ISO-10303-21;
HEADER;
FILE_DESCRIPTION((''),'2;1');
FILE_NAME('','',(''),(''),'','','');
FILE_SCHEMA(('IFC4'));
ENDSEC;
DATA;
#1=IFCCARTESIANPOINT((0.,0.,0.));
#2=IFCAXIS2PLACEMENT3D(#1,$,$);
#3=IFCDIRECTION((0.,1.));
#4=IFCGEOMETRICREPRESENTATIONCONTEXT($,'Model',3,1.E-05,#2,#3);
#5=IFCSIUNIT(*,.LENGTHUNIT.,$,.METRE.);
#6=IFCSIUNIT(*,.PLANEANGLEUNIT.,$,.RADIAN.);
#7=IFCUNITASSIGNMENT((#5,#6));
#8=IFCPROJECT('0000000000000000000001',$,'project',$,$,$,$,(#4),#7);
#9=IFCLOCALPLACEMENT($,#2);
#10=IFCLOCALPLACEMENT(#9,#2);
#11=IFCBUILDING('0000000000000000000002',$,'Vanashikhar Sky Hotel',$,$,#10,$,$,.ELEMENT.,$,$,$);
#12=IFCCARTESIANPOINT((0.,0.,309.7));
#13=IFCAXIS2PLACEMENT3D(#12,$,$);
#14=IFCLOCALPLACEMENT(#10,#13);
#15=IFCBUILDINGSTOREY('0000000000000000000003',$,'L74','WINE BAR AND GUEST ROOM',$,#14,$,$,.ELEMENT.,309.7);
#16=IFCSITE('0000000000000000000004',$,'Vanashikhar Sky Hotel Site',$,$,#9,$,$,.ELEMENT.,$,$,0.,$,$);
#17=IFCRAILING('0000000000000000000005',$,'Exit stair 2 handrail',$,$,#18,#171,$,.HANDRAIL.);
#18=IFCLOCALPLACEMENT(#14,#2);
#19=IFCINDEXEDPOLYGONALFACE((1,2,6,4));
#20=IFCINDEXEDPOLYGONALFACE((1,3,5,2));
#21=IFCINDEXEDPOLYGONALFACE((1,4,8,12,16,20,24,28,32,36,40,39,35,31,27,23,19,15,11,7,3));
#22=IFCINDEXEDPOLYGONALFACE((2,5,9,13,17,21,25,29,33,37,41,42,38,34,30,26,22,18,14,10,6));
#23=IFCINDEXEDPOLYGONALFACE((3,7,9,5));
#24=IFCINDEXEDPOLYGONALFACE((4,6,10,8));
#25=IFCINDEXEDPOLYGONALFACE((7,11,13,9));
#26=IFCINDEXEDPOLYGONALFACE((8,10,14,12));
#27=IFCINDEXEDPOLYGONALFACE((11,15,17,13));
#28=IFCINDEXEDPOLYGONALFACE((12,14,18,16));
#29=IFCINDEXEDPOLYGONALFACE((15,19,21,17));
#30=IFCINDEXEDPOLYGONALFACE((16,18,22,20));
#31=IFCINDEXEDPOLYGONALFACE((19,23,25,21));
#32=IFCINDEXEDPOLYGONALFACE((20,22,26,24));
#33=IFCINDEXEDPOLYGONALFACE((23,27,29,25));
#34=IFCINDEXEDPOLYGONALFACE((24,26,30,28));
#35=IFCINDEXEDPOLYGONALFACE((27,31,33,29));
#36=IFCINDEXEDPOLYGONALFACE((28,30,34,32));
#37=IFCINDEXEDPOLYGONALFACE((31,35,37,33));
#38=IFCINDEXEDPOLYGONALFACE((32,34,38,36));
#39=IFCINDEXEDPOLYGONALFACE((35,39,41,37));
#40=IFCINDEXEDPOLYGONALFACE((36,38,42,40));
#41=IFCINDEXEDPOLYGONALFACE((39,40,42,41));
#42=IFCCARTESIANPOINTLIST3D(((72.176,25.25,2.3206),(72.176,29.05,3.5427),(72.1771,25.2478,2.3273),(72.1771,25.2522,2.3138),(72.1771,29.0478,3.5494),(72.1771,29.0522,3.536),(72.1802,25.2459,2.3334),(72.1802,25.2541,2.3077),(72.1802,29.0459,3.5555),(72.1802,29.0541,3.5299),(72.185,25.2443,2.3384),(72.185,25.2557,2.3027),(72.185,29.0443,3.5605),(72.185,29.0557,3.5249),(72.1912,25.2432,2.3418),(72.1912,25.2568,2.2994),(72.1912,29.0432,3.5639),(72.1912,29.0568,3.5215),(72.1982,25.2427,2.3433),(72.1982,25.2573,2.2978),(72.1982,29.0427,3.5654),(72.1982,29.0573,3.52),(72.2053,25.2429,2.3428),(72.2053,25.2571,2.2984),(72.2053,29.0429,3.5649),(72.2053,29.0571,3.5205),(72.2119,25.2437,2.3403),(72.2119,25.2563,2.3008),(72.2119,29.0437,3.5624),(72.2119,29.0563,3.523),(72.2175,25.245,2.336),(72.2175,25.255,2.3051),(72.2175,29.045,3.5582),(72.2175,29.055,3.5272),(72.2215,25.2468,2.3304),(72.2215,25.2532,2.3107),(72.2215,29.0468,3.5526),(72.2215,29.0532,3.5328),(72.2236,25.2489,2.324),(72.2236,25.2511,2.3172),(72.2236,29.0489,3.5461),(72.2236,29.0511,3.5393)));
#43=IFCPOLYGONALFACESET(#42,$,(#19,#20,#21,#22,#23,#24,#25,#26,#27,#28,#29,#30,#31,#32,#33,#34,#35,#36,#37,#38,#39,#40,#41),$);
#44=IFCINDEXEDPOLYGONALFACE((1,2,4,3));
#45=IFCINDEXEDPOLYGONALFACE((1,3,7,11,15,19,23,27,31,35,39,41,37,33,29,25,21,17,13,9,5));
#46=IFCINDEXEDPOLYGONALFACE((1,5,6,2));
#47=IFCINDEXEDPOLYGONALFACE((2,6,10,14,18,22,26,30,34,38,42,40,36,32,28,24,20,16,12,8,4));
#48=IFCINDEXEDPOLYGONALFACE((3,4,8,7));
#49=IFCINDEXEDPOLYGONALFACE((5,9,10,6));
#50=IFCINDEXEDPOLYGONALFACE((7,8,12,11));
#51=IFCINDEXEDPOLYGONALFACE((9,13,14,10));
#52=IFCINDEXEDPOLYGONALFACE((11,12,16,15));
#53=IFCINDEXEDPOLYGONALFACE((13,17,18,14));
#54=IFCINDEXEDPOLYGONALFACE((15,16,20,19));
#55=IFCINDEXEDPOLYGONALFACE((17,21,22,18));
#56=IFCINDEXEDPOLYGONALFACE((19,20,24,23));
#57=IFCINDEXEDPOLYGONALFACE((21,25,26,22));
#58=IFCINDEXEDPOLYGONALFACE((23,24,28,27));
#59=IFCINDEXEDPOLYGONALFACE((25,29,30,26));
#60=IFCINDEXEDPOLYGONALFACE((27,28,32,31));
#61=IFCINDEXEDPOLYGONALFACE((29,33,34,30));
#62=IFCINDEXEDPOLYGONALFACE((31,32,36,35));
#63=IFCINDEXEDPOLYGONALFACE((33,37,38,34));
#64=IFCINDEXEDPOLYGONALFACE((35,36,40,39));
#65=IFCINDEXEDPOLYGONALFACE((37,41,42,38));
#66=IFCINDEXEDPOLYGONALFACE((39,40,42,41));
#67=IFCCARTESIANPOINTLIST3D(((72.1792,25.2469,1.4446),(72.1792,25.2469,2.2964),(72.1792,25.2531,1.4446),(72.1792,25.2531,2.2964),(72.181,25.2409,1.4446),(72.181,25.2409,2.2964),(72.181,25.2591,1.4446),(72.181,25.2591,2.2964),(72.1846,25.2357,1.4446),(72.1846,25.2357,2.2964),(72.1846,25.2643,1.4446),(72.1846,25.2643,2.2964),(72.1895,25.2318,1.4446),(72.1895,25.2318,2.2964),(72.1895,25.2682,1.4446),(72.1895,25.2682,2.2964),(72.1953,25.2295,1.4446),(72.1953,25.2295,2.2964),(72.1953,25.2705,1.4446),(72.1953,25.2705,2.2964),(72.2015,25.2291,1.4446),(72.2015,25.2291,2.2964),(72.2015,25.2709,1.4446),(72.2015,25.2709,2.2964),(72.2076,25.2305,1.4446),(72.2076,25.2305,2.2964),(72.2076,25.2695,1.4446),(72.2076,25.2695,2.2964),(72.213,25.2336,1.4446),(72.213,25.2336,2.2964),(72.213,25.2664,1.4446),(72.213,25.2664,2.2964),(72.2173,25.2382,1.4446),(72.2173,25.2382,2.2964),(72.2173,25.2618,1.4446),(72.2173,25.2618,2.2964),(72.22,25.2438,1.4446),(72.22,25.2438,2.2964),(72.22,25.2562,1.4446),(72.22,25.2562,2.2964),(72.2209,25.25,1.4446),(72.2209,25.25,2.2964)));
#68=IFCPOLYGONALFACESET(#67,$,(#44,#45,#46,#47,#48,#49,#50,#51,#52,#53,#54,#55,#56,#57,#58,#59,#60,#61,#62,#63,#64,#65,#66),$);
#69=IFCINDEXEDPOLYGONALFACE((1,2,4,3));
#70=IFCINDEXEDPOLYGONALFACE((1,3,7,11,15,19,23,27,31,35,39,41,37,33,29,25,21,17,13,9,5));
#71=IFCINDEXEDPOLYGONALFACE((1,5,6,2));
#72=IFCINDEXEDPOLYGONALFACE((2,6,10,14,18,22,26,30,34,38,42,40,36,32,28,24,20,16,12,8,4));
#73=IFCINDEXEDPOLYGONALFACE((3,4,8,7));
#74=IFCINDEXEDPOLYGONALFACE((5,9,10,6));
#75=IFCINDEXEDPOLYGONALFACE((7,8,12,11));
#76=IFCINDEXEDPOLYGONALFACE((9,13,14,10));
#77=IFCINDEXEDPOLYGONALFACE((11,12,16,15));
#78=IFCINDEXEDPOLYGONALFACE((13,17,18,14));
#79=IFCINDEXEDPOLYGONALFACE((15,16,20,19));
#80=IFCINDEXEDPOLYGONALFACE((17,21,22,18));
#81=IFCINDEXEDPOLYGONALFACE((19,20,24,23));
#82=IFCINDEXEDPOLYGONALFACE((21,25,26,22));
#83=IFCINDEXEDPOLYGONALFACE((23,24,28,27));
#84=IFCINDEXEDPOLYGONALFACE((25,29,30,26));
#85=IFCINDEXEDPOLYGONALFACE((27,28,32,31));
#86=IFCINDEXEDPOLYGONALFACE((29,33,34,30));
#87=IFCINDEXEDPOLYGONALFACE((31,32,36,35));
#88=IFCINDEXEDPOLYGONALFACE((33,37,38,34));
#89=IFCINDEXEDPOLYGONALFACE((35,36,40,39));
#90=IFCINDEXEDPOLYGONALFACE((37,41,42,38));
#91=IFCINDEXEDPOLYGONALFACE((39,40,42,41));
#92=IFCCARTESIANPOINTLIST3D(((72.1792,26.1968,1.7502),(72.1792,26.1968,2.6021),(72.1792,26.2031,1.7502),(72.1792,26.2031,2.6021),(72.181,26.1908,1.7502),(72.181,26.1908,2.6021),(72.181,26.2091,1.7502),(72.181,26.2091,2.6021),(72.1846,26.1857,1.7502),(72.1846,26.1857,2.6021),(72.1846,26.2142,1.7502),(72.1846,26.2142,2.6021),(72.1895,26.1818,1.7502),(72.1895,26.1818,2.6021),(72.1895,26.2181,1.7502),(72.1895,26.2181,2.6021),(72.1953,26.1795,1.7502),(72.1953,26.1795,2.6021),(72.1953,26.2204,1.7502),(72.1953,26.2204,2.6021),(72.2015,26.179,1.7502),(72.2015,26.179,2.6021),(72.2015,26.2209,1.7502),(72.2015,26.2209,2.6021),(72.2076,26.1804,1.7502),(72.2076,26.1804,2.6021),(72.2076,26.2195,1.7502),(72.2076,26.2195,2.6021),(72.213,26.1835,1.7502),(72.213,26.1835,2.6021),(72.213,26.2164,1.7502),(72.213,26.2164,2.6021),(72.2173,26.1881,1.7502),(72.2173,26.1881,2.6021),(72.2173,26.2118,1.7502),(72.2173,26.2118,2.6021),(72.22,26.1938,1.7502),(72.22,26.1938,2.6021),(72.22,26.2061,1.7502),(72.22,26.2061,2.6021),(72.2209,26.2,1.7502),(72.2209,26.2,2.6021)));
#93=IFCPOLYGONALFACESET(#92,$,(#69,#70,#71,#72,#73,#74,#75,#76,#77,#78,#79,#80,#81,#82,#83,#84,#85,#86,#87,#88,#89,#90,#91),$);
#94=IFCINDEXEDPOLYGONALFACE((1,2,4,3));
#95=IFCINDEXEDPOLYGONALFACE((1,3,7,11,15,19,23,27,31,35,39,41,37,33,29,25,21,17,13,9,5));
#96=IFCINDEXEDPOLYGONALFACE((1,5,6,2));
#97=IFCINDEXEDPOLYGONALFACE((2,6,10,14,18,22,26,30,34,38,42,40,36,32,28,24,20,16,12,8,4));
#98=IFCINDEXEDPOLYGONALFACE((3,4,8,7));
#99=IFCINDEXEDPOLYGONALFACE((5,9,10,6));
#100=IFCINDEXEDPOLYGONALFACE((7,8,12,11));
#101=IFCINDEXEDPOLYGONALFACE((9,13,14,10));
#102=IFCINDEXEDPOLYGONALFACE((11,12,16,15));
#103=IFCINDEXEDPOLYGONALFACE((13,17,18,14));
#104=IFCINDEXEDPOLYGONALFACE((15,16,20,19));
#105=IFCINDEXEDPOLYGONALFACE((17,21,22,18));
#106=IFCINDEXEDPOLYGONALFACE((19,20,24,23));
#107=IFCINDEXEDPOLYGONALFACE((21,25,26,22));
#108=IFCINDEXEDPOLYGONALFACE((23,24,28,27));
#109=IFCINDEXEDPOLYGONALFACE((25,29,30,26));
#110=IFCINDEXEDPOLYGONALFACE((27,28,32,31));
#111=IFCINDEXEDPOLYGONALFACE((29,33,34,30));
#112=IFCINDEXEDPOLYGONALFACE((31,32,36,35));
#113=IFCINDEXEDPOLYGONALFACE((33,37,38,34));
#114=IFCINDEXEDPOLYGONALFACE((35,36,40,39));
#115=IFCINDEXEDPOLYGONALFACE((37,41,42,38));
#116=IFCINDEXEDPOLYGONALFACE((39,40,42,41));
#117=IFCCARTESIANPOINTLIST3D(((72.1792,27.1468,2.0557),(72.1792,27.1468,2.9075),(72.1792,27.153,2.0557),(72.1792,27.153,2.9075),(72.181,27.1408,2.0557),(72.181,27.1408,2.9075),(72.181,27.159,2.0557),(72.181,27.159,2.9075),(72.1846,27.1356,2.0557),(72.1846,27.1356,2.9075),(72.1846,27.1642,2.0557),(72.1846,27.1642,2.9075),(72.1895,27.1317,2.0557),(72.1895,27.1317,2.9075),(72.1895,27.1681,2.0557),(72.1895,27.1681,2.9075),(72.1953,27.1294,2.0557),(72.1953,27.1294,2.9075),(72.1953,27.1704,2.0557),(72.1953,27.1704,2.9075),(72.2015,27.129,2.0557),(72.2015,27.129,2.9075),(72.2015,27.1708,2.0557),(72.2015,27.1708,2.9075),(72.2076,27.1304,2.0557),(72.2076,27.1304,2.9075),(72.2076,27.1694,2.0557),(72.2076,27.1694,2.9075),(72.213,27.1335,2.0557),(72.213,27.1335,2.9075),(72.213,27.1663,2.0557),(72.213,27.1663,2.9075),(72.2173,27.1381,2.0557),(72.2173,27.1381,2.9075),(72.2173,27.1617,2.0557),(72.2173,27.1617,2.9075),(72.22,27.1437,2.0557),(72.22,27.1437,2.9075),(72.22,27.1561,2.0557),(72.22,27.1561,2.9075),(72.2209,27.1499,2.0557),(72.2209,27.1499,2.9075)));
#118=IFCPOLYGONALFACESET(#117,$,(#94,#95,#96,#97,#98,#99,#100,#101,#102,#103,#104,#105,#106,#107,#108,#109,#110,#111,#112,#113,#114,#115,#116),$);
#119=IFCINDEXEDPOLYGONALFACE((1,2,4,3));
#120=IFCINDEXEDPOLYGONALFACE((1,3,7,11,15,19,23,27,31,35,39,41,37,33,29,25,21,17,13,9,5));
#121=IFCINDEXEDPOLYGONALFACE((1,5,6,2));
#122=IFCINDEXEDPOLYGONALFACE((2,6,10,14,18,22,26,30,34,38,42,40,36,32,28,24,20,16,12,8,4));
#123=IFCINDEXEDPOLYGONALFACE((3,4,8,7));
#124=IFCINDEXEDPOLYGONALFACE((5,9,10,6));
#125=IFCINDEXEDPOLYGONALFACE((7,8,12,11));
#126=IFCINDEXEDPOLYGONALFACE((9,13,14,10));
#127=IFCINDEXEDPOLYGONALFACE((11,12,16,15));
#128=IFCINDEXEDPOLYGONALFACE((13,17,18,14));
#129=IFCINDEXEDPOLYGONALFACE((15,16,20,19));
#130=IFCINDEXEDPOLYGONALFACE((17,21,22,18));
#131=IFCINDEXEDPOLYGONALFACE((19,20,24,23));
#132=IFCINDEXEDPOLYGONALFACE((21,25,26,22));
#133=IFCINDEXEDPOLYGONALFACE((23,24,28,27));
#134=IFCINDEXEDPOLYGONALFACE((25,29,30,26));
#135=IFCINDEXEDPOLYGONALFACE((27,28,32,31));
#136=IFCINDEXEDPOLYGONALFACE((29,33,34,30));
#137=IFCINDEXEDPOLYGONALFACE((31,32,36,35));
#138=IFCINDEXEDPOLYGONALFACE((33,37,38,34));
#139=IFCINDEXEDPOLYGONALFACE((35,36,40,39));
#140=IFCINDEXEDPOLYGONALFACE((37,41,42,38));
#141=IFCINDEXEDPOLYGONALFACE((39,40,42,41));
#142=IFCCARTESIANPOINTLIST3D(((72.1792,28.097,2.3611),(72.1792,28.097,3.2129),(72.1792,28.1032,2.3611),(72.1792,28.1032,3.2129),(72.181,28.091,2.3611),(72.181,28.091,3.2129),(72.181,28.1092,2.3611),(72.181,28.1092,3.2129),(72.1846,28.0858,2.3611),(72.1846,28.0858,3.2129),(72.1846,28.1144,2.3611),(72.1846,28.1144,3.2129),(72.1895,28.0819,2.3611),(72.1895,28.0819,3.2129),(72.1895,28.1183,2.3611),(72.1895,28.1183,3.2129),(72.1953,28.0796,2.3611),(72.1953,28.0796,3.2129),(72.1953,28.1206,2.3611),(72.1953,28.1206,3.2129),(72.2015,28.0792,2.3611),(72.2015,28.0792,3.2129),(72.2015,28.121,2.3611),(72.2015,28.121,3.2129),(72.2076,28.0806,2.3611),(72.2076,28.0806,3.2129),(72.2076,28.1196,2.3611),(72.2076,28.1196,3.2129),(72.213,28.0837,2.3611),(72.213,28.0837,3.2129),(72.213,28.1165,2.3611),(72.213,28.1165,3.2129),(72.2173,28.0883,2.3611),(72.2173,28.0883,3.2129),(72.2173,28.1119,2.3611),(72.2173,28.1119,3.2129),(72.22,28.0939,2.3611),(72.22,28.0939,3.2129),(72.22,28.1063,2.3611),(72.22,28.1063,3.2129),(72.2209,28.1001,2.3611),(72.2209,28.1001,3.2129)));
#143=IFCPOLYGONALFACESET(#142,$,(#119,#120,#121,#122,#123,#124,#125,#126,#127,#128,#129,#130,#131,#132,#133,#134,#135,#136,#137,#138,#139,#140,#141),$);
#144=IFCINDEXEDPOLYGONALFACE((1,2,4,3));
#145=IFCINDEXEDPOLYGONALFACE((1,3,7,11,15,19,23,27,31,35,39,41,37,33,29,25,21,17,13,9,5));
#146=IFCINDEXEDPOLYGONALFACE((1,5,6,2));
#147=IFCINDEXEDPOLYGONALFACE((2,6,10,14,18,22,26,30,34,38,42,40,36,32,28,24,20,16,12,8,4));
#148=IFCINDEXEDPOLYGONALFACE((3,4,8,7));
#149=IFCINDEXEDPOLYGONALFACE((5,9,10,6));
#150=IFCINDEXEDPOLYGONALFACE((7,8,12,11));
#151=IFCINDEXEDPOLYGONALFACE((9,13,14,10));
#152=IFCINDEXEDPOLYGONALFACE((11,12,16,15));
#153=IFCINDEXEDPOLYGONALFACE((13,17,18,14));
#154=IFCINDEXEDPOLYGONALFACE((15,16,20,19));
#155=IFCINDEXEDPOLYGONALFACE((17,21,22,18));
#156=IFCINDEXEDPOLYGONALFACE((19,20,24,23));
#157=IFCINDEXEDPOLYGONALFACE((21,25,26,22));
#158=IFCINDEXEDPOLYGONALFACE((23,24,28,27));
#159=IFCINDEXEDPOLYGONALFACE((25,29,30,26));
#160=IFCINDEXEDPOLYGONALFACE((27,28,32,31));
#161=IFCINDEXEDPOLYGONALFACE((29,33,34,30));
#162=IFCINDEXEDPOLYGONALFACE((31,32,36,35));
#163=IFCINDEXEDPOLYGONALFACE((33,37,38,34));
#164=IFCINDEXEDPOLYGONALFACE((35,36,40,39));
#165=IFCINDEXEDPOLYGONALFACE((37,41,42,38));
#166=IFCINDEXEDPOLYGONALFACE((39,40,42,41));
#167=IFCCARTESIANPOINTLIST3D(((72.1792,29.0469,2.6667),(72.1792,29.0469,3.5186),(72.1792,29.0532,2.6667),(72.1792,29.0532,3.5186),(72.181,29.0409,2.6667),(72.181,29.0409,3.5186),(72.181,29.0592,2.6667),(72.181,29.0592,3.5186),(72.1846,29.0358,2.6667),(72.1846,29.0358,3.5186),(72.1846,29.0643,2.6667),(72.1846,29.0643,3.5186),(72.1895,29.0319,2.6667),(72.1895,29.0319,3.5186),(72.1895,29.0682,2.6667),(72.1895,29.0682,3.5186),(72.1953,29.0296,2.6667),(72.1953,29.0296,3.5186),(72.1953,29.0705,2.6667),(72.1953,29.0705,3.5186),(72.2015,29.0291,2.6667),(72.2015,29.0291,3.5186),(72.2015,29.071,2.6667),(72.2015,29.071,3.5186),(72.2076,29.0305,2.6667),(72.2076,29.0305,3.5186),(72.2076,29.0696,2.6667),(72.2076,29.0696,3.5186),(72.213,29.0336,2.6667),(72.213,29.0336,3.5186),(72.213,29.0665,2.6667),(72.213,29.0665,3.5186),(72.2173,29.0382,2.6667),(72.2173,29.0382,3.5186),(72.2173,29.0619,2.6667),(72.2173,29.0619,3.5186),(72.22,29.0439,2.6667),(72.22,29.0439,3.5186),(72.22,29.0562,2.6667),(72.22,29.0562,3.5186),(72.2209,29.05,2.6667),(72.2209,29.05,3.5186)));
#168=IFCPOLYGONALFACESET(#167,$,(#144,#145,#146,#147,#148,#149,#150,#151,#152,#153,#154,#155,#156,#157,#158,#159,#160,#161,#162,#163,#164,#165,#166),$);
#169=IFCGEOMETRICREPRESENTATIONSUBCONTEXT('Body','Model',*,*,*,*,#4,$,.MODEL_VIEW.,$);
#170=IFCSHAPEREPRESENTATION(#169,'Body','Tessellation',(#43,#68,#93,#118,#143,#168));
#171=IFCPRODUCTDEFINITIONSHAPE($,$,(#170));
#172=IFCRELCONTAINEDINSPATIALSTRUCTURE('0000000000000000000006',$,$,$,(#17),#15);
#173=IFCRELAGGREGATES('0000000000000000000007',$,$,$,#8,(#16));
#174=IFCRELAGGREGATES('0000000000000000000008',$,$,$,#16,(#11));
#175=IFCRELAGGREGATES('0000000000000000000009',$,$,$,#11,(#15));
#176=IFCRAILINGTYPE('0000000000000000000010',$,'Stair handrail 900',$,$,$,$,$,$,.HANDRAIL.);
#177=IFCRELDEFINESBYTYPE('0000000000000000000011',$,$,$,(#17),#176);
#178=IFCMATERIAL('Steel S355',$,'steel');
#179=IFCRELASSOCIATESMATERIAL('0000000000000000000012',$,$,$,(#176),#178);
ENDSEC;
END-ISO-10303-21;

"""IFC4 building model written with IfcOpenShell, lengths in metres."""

from ifc_helpers import new_model, si_unit, direction, frame, origin, origin_2d, place, context, subcontext, project, spatial, circle, extrude, source, transform, mapped, material, type_object, element, save


model = new_model("IFC4")

# Units and contexts
model_context = context("Model", 3, precision=1e-05, world=origin(), true_north=direction((0.0, 1.0)))
body_context = subcontext(model_context, "Body", "Model", "MODEL_VIEW")
ifc_project = project(units=[si_unit("LENGTHUNIT", "METRE"), si_unit("PLANEANGLEUNIT", "RADIAN")], contexts=[model_context])

# Site, building, storey
site_placement = place(None, origin())
site = spatial("IfcSite", under=ifc_project, at=site_placement, Name="Vanashikhar Sky Hotel Site", CompositionType="ELEMENT", RefElevation=0.0)
building_placement = place(site_placement, origin())
building = spatial("IfcBuilding", under=site, at=building_placement, Name="Vanashikhar Sky Hotel", CompositionType="ELEMENT")
storey_placement = place(building_placement, frame((0.0, 0.0, 309.7)))
storey = spatial("IfcBuildingStorey", under=building, at=storey_placement, Name="L74", Description="WINE BAR AND GUEST ROOM", CompositionType="ELEMENT", Elevation=309.7)

# Railing
ifc_material_1 = material(Name="Steel S355", Category="steel")
railing_type = type_object("IfcRailingType", Name="Stair handrail 900", PredefinedType="HANDRAIL", material=ifc_material_1)
shared_shape_1 = source(origin(), body_context, "Body", "SweptSolid", [
    extrude(circle(Radius=0.0239, at=origin_2d()), frame((0.0, 0.0, 0.876), z_axis=(0.0, 0.951976, 0.306173), x_axis=(-1.0, 0.0, 0.0)), (0.0, 0.0, 1.0), 3.9917),
    extrude(circle(Radius=0.021, at=origin_2d()), origin(), (0.0, 0.0, 1.0), 0.8518),
    extrude(circle(Radius=0.021, at=origin_2d()), frame((0.0, 0.95, 0.3057)), (0.0, 0.0, 1.0), 0.8518),
    extrude(circle(Radius=0.021, at=origin_2d()), frame((0.0, 1.8999, 0.6111)), (0.0, 0.0, 1.0), 0.8518),
    extrude(circle(Radius=0.021, at=origin_2d()), frame((0.0, 2.8501, 0.9165)), (0.0, 0.0, 1.0), 0.8518),
    extrude(circle(Radius=0.021, at=origin_2d()), frame((0.0, 3.8, 1.2222)), (0.0, 0.0, 1.0), 0.8518),
])
railing_1_placement = place(storey_placement, frame((72.2, 25.25, 1.4446)))
element("IfcRailing", 1, at=railing_1_placement, inside=storey, type_object=railing_type, Name="Exit stair 2 handrail", PredefinedType="HANDRAIL", context=body_context, shape_type="MappedRepresentation", body=[
    mapped(shared_shape_1, transform((0.0, 0.0, 0.0), scale=1.0)),
])

save(model, "model.ifc")
